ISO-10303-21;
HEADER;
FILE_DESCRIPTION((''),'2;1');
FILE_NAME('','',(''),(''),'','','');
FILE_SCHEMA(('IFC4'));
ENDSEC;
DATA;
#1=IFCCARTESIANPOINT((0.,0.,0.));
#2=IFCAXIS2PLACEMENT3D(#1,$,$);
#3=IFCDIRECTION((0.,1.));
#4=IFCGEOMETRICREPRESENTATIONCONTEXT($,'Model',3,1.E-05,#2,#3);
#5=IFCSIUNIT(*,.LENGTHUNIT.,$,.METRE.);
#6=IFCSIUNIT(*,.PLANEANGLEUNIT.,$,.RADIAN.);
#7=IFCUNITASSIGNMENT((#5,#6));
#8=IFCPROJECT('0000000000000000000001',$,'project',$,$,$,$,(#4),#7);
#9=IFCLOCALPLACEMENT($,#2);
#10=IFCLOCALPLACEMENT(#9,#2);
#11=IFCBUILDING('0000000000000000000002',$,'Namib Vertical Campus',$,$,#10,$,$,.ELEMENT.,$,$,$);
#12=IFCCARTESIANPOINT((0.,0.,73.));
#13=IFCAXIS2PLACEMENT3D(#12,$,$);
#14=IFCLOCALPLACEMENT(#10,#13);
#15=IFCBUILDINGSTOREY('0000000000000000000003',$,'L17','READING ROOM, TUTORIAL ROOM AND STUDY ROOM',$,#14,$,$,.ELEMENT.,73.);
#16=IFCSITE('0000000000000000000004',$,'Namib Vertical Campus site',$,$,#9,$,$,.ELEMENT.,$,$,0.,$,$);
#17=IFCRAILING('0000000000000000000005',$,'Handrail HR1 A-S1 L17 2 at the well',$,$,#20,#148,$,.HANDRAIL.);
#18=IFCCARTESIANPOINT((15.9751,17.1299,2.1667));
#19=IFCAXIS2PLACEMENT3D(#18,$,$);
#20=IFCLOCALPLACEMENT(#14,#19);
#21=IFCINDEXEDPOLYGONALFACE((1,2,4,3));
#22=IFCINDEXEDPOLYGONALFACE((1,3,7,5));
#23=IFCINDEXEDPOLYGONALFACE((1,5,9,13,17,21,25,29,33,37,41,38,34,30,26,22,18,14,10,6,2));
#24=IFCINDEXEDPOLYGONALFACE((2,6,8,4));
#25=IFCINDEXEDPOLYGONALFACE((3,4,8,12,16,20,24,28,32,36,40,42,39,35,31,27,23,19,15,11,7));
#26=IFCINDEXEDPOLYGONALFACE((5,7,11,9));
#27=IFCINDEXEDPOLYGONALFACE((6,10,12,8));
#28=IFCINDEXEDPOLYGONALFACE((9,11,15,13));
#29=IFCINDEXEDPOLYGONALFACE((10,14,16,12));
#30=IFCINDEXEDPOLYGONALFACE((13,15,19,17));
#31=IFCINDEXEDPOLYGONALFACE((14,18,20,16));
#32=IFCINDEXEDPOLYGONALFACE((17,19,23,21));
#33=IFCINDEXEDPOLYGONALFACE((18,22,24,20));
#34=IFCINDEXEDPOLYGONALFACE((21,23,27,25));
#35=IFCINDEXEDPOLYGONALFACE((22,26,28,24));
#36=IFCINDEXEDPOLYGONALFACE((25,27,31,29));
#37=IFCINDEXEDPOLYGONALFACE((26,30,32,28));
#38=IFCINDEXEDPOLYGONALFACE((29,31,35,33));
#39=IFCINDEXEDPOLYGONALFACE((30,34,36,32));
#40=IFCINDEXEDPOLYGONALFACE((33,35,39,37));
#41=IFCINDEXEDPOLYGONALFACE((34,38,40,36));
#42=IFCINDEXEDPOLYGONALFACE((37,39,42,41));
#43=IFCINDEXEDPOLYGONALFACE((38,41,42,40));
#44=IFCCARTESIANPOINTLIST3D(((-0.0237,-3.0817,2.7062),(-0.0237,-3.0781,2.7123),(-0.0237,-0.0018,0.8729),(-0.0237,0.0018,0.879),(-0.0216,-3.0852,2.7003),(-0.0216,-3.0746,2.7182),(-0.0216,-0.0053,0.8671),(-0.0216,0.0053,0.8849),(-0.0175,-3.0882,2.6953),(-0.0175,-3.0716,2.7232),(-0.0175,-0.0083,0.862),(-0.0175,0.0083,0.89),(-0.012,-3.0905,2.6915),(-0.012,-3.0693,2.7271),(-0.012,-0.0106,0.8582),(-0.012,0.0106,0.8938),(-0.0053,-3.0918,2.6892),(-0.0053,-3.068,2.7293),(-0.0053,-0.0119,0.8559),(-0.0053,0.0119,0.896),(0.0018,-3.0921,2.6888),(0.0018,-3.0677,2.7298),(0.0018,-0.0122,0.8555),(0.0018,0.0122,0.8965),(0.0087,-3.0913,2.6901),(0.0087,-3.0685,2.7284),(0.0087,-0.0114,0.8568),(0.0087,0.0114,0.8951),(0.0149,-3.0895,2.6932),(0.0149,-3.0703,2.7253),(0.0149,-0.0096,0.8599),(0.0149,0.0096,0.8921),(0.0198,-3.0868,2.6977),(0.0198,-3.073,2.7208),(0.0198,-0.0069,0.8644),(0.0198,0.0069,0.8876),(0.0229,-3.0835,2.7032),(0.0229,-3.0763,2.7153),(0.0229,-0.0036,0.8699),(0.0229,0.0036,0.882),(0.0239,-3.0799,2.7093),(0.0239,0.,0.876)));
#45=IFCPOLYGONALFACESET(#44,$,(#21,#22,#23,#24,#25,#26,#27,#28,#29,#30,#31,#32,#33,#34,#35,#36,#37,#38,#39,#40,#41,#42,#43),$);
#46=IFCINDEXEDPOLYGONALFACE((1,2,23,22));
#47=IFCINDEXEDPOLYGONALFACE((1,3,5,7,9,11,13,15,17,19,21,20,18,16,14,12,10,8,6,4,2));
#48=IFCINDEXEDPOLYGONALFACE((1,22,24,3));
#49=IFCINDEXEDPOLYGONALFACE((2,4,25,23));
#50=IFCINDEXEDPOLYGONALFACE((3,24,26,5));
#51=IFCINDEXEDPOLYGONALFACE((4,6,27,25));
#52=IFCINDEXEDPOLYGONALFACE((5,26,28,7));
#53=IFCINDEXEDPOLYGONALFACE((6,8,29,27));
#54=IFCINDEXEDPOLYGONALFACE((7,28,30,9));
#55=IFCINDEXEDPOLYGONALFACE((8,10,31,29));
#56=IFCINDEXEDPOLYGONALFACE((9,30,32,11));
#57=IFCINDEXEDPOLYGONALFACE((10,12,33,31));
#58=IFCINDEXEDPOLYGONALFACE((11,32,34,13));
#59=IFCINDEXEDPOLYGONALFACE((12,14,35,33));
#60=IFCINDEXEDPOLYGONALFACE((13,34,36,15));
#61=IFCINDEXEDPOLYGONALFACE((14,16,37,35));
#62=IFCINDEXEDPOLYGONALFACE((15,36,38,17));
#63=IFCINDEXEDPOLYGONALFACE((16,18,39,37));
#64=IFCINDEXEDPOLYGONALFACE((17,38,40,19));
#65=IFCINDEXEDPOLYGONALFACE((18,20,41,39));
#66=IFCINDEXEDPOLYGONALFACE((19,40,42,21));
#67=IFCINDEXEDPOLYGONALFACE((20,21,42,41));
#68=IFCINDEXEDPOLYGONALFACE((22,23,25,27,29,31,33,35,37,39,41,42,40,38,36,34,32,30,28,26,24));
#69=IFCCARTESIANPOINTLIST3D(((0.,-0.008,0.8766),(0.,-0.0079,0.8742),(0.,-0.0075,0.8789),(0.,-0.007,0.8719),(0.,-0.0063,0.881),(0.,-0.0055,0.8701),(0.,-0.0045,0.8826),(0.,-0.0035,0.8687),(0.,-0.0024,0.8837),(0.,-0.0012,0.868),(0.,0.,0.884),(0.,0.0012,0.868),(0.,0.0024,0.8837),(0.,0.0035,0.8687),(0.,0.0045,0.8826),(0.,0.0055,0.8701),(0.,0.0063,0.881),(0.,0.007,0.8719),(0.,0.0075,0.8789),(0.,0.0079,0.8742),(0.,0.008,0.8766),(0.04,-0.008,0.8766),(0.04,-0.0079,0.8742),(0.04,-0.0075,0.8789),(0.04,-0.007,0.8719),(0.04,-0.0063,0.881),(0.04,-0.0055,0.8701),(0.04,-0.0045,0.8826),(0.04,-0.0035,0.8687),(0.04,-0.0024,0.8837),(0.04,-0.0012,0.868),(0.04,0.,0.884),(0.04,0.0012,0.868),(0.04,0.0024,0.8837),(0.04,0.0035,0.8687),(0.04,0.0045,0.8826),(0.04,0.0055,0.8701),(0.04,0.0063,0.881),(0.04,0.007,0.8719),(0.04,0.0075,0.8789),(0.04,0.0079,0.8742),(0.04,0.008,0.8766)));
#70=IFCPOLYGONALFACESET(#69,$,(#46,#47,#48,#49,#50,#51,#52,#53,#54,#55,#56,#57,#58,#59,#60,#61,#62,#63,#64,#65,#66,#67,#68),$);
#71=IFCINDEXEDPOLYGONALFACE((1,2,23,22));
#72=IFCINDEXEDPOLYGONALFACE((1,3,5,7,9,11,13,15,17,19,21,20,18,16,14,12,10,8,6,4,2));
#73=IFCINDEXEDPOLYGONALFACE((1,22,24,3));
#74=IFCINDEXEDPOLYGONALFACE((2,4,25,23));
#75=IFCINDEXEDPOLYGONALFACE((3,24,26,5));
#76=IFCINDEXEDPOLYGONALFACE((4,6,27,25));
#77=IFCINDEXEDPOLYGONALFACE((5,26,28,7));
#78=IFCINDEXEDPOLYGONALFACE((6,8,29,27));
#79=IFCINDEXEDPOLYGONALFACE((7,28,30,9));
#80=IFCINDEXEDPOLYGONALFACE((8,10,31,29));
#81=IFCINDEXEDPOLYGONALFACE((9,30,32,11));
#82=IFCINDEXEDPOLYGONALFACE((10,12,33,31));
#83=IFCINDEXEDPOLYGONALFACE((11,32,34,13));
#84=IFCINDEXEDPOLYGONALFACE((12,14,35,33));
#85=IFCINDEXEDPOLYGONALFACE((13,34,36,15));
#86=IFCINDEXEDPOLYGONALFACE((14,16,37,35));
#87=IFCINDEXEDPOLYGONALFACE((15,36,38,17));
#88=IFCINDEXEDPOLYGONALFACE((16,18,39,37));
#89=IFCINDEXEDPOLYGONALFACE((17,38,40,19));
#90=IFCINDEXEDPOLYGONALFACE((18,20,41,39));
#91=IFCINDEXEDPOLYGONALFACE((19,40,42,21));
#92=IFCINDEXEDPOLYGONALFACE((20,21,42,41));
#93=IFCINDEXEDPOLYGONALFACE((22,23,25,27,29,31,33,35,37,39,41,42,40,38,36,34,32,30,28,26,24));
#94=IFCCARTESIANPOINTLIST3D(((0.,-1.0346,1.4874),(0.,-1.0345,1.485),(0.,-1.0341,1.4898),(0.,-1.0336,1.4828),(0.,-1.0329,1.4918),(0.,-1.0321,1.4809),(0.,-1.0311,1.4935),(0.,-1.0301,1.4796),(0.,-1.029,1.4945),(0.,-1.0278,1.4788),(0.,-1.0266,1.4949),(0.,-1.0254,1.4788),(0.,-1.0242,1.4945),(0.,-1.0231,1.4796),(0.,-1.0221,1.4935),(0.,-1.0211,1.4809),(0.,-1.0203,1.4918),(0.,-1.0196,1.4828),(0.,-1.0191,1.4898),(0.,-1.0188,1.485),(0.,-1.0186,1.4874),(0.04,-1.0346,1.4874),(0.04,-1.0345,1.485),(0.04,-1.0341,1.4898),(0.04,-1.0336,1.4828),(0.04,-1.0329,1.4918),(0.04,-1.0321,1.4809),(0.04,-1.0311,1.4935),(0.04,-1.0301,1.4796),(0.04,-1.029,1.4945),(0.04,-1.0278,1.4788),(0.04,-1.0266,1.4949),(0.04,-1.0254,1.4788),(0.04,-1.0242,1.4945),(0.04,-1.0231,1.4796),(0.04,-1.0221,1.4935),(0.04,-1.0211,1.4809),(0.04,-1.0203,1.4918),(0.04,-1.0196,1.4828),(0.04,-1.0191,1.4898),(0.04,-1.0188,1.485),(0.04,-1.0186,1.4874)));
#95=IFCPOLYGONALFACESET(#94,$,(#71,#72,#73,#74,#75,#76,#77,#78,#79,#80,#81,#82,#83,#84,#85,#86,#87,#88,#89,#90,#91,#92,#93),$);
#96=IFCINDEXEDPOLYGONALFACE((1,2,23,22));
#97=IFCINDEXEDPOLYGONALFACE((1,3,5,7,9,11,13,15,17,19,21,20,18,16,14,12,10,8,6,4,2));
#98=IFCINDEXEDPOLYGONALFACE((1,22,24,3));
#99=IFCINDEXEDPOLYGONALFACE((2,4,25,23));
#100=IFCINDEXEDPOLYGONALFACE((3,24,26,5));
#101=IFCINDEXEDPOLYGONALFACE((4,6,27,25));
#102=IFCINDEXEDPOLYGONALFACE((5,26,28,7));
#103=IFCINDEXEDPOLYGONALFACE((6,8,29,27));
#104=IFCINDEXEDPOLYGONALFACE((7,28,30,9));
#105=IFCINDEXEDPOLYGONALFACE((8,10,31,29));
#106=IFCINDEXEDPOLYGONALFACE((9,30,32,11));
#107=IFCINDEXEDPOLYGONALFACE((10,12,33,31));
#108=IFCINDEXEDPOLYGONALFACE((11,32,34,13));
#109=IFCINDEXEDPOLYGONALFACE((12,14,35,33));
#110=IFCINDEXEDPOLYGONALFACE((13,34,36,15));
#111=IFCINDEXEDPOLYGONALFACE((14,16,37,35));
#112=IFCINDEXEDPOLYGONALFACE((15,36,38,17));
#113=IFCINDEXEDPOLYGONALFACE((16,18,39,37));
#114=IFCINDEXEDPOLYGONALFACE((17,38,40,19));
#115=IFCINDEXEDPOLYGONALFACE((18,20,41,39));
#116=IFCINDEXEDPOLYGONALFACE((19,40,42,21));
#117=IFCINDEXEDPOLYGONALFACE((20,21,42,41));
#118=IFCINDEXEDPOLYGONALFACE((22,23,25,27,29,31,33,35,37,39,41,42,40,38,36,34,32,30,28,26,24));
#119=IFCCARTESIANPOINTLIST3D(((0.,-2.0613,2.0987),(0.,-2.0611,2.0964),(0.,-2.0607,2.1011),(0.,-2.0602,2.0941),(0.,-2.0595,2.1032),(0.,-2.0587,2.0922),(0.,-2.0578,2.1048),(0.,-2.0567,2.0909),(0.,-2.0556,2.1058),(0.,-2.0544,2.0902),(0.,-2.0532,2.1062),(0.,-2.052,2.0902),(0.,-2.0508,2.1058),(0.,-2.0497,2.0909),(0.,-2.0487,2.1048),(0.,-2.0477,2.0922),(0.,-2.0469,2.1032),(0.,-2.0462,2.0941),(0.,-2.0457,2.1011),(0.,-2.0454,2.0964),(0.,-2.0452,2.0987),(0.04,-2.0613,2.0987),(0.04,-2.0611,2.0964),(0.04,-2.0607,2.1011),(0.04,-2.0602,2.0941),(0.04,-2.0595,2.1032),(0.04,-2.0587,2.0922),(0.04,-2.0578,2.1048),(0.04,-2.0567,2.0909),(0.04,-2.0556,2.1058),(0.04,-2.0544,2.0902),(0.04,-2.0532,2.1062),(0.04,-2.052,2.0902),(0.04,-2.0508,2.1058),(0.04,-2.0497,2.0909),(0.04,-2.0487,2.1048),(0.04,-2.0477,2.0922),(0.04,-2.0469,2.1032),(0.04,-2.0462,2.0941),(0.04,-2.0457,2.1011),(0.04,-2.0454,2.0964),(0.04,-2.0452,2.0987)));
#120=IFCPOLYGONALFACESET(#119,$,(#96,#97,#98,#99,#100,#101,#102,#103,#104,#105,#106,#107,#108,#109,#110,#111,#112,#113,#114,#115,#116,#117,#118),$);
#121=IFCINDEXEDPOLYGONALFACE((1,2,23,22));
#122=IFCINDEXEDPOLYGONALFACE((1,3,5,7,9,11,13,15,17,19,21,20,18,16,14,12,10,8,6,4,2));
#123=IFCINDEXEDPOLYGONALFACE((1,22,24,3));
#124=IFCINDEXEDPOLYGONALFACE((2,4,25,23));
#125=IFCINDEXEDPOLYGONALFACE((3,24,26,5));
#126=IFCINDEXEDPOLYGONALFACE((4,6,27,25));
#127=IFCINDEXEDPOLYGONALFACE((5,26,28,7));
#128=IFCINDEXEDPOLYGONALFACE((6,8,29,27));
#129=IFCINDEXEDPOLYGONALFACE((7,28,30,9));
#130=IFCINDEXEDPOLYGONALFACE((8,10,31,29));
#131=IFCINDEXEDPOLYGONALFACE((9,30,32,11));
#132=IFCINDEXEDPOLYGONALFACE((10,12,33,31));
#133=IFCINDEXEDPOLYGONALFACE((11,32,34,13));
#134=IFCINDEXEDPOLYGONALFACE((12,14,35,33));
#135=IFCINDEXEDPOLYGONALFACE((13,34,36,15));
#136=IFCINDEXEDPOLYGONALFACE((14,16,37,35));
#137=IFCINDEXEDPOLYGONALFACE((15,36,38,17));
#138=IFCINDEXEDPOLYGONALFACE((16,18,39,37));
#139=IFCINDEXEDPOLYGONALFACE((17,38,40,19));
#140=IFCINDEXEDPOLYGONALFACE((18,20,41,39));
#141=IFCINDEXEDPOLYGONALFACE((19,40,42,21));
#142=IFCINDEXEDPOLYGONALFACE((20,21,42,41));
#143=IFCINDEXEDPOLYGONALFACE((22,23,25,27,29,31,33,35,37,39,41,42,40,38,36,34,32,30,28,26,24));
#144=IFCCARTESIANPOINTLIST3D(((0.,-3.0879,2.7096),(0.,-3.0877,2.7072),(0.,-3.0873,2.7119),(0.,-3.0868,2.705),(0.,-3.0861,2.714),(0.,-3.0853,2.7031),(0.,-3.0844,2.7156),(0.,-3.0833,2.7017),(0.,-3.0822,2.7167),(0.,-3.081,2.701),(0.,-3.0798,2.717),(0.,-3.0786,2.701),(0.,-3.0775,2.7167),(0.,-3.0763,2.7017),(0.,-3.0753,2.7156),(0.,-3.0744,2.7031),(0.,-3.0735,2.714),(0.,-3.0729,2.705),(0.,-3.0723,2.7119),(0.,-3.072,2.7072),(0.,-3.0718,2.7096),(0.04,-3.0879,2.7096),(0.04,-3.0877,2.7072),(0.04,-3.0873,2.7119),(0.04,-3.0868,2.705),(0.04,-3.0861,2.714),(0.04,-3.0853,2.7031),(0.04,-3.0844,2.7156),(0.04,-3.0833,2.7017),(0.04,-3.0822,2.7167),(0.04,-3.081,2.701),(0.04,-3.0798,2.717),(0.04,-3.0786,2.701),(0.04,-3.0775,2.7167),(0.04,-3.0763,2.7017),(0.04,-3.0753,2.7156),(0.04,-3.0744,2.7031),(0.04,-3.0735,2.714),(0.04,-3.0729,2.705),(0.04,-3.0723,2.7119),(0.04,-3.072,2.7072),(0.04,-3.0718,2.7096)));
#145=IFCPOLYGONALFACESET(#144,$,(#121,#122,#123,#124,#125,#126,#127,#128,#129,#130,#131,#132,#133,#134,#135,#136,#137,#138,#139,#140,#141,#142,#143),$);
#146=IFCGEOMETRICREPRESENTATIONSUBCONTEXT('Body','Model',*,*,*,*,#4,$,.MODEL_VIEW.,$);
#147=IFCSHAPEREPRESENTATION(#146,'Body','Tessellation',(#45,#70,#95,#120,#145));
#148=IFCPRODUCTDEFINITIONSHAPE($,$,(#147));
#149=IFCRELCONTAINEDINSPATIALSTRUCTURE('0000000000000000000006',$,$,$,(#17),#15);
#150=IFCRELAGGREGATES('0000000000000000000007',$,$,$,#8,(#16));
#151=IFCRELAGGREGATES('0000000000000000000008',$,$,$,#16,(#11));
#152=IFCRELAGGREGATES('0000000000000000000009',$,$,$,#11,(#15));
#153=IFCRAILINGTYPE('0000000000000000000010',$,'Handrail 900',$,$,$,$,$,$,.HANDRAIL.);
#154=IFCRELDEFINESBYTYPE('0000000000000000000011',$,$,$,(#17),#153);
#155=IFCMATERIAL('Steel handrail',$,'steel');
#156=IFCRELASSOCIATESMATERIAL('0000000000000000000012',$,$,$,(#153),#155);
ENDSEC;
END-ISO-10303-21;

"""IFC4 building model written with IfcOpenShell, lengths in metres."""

from ifc_helpers import new_model, si_unit, direction, frame, origin, origin_2d, place, context, subcontext, project, spatial, circle, extrude, material, type_object, element, save


model = new_model("IFC4")

# Units and contexts
model_context = context("Model", 3, precision=1e-05, world=origin(), true_north=direction((0.0, 1.0)))
body_context = subcontext(model_context, "Body", "Model", "MODEL_VIEW")
ifc_project = project(units=[si_unit("LENGTHUNIT", "METRE"), si_unit("PLANEANGLEUNIT", "RADIAN")], contexts=[model_context])

# Site, building, storey
site_placement = place(None, origin())
site = spatial("IfcSite", under=ifc_project, at=site_placement, Name="Namib Vertical Campus site", CompositionType="ELEMENT", RefElevation=0.0)
building_placement = place(site_placement, origin())
building = spatial("IfcBuilding", under=site, at=building_placement, Name="Namib Vertical Campus", CompositionType="ELEMENT")
storey_placement = place(building_placement, frame((0.0, 0.0, 73.0)))
storey = spatial("IfcBuildingStorey", under=building, at=storey_placement, Name="L17", Description="READING ROOM, TUTORIAL ROOM AND STUDY ROOM", CompositionType="ELEMENT", Elevation=73.0)

# Railing
ifc_material_1 = material(Name="Steel handrail", Category="steel")
railing_type_1 = type_object("IfcRailingType", Name="Handrail 900", PredefinedType="HANDRAIL", material=ifc_material_1)
railing_1_placement = place(storey_placement, frame((15.9751, 17.1299, 2.1667)))
element("IfcRailing", 1, at=railing_1_placement, inside=storey, type_object=railing_type_1, Name="Handrail HR1 A-S1 L17 2 at the well", PredefinedType="HANDRAIL", context=body_context, shape_type="SweptSolid", body=[
    extrude(circle(Radius=0.0239, at=origin_2d()), frame((0.0, 0.0, 0.876), z_axis=(0.0, -0.859291, 0.511487), x_axis=(1.0, 0.0, 0.0)), (0.0, 0.0, 1.0), 3.5842),
    extrude(circle(Radius=0.0081, at=origin_2d()), frame((0.0, 0.0, 0.876), z_axis=(1.0, 0.0, 0.0), x_axis=(0.0, 0.0, 1.0)), (0.0, 0.0, 1.0), 0.04),
    extrude(circle(Radius=0.0081, at=origin_2d()), frame((0.0, -1.0266, 1.4868), z_axis=(1.0, 0.0, 0.0), x_axis=(0.0, 0.0, 1.0)), (0.0, 0.0, 1.0), 0.04),
    extrude(circle(Radius=0.0081, at=origin_2d()), frame((0.0, -2.0532, 2.0981), z_axis=(1.0, 0.0, 0.0), x_axis=(0.0, 0.0, 1.0)), (0.0, 0.0, 1.0), 0.04),
    extrude(circle(Radius=0.0081, at=origin_2d()), frame((0.0, -3.0798, 2.709), z_axis=(1.0, 0.0, 0.0), x_axis=(0.0, 0.0, 1.0)), (0.0, 0.0, 1.0), 0.04),
])

save(model, "model.ifc")
